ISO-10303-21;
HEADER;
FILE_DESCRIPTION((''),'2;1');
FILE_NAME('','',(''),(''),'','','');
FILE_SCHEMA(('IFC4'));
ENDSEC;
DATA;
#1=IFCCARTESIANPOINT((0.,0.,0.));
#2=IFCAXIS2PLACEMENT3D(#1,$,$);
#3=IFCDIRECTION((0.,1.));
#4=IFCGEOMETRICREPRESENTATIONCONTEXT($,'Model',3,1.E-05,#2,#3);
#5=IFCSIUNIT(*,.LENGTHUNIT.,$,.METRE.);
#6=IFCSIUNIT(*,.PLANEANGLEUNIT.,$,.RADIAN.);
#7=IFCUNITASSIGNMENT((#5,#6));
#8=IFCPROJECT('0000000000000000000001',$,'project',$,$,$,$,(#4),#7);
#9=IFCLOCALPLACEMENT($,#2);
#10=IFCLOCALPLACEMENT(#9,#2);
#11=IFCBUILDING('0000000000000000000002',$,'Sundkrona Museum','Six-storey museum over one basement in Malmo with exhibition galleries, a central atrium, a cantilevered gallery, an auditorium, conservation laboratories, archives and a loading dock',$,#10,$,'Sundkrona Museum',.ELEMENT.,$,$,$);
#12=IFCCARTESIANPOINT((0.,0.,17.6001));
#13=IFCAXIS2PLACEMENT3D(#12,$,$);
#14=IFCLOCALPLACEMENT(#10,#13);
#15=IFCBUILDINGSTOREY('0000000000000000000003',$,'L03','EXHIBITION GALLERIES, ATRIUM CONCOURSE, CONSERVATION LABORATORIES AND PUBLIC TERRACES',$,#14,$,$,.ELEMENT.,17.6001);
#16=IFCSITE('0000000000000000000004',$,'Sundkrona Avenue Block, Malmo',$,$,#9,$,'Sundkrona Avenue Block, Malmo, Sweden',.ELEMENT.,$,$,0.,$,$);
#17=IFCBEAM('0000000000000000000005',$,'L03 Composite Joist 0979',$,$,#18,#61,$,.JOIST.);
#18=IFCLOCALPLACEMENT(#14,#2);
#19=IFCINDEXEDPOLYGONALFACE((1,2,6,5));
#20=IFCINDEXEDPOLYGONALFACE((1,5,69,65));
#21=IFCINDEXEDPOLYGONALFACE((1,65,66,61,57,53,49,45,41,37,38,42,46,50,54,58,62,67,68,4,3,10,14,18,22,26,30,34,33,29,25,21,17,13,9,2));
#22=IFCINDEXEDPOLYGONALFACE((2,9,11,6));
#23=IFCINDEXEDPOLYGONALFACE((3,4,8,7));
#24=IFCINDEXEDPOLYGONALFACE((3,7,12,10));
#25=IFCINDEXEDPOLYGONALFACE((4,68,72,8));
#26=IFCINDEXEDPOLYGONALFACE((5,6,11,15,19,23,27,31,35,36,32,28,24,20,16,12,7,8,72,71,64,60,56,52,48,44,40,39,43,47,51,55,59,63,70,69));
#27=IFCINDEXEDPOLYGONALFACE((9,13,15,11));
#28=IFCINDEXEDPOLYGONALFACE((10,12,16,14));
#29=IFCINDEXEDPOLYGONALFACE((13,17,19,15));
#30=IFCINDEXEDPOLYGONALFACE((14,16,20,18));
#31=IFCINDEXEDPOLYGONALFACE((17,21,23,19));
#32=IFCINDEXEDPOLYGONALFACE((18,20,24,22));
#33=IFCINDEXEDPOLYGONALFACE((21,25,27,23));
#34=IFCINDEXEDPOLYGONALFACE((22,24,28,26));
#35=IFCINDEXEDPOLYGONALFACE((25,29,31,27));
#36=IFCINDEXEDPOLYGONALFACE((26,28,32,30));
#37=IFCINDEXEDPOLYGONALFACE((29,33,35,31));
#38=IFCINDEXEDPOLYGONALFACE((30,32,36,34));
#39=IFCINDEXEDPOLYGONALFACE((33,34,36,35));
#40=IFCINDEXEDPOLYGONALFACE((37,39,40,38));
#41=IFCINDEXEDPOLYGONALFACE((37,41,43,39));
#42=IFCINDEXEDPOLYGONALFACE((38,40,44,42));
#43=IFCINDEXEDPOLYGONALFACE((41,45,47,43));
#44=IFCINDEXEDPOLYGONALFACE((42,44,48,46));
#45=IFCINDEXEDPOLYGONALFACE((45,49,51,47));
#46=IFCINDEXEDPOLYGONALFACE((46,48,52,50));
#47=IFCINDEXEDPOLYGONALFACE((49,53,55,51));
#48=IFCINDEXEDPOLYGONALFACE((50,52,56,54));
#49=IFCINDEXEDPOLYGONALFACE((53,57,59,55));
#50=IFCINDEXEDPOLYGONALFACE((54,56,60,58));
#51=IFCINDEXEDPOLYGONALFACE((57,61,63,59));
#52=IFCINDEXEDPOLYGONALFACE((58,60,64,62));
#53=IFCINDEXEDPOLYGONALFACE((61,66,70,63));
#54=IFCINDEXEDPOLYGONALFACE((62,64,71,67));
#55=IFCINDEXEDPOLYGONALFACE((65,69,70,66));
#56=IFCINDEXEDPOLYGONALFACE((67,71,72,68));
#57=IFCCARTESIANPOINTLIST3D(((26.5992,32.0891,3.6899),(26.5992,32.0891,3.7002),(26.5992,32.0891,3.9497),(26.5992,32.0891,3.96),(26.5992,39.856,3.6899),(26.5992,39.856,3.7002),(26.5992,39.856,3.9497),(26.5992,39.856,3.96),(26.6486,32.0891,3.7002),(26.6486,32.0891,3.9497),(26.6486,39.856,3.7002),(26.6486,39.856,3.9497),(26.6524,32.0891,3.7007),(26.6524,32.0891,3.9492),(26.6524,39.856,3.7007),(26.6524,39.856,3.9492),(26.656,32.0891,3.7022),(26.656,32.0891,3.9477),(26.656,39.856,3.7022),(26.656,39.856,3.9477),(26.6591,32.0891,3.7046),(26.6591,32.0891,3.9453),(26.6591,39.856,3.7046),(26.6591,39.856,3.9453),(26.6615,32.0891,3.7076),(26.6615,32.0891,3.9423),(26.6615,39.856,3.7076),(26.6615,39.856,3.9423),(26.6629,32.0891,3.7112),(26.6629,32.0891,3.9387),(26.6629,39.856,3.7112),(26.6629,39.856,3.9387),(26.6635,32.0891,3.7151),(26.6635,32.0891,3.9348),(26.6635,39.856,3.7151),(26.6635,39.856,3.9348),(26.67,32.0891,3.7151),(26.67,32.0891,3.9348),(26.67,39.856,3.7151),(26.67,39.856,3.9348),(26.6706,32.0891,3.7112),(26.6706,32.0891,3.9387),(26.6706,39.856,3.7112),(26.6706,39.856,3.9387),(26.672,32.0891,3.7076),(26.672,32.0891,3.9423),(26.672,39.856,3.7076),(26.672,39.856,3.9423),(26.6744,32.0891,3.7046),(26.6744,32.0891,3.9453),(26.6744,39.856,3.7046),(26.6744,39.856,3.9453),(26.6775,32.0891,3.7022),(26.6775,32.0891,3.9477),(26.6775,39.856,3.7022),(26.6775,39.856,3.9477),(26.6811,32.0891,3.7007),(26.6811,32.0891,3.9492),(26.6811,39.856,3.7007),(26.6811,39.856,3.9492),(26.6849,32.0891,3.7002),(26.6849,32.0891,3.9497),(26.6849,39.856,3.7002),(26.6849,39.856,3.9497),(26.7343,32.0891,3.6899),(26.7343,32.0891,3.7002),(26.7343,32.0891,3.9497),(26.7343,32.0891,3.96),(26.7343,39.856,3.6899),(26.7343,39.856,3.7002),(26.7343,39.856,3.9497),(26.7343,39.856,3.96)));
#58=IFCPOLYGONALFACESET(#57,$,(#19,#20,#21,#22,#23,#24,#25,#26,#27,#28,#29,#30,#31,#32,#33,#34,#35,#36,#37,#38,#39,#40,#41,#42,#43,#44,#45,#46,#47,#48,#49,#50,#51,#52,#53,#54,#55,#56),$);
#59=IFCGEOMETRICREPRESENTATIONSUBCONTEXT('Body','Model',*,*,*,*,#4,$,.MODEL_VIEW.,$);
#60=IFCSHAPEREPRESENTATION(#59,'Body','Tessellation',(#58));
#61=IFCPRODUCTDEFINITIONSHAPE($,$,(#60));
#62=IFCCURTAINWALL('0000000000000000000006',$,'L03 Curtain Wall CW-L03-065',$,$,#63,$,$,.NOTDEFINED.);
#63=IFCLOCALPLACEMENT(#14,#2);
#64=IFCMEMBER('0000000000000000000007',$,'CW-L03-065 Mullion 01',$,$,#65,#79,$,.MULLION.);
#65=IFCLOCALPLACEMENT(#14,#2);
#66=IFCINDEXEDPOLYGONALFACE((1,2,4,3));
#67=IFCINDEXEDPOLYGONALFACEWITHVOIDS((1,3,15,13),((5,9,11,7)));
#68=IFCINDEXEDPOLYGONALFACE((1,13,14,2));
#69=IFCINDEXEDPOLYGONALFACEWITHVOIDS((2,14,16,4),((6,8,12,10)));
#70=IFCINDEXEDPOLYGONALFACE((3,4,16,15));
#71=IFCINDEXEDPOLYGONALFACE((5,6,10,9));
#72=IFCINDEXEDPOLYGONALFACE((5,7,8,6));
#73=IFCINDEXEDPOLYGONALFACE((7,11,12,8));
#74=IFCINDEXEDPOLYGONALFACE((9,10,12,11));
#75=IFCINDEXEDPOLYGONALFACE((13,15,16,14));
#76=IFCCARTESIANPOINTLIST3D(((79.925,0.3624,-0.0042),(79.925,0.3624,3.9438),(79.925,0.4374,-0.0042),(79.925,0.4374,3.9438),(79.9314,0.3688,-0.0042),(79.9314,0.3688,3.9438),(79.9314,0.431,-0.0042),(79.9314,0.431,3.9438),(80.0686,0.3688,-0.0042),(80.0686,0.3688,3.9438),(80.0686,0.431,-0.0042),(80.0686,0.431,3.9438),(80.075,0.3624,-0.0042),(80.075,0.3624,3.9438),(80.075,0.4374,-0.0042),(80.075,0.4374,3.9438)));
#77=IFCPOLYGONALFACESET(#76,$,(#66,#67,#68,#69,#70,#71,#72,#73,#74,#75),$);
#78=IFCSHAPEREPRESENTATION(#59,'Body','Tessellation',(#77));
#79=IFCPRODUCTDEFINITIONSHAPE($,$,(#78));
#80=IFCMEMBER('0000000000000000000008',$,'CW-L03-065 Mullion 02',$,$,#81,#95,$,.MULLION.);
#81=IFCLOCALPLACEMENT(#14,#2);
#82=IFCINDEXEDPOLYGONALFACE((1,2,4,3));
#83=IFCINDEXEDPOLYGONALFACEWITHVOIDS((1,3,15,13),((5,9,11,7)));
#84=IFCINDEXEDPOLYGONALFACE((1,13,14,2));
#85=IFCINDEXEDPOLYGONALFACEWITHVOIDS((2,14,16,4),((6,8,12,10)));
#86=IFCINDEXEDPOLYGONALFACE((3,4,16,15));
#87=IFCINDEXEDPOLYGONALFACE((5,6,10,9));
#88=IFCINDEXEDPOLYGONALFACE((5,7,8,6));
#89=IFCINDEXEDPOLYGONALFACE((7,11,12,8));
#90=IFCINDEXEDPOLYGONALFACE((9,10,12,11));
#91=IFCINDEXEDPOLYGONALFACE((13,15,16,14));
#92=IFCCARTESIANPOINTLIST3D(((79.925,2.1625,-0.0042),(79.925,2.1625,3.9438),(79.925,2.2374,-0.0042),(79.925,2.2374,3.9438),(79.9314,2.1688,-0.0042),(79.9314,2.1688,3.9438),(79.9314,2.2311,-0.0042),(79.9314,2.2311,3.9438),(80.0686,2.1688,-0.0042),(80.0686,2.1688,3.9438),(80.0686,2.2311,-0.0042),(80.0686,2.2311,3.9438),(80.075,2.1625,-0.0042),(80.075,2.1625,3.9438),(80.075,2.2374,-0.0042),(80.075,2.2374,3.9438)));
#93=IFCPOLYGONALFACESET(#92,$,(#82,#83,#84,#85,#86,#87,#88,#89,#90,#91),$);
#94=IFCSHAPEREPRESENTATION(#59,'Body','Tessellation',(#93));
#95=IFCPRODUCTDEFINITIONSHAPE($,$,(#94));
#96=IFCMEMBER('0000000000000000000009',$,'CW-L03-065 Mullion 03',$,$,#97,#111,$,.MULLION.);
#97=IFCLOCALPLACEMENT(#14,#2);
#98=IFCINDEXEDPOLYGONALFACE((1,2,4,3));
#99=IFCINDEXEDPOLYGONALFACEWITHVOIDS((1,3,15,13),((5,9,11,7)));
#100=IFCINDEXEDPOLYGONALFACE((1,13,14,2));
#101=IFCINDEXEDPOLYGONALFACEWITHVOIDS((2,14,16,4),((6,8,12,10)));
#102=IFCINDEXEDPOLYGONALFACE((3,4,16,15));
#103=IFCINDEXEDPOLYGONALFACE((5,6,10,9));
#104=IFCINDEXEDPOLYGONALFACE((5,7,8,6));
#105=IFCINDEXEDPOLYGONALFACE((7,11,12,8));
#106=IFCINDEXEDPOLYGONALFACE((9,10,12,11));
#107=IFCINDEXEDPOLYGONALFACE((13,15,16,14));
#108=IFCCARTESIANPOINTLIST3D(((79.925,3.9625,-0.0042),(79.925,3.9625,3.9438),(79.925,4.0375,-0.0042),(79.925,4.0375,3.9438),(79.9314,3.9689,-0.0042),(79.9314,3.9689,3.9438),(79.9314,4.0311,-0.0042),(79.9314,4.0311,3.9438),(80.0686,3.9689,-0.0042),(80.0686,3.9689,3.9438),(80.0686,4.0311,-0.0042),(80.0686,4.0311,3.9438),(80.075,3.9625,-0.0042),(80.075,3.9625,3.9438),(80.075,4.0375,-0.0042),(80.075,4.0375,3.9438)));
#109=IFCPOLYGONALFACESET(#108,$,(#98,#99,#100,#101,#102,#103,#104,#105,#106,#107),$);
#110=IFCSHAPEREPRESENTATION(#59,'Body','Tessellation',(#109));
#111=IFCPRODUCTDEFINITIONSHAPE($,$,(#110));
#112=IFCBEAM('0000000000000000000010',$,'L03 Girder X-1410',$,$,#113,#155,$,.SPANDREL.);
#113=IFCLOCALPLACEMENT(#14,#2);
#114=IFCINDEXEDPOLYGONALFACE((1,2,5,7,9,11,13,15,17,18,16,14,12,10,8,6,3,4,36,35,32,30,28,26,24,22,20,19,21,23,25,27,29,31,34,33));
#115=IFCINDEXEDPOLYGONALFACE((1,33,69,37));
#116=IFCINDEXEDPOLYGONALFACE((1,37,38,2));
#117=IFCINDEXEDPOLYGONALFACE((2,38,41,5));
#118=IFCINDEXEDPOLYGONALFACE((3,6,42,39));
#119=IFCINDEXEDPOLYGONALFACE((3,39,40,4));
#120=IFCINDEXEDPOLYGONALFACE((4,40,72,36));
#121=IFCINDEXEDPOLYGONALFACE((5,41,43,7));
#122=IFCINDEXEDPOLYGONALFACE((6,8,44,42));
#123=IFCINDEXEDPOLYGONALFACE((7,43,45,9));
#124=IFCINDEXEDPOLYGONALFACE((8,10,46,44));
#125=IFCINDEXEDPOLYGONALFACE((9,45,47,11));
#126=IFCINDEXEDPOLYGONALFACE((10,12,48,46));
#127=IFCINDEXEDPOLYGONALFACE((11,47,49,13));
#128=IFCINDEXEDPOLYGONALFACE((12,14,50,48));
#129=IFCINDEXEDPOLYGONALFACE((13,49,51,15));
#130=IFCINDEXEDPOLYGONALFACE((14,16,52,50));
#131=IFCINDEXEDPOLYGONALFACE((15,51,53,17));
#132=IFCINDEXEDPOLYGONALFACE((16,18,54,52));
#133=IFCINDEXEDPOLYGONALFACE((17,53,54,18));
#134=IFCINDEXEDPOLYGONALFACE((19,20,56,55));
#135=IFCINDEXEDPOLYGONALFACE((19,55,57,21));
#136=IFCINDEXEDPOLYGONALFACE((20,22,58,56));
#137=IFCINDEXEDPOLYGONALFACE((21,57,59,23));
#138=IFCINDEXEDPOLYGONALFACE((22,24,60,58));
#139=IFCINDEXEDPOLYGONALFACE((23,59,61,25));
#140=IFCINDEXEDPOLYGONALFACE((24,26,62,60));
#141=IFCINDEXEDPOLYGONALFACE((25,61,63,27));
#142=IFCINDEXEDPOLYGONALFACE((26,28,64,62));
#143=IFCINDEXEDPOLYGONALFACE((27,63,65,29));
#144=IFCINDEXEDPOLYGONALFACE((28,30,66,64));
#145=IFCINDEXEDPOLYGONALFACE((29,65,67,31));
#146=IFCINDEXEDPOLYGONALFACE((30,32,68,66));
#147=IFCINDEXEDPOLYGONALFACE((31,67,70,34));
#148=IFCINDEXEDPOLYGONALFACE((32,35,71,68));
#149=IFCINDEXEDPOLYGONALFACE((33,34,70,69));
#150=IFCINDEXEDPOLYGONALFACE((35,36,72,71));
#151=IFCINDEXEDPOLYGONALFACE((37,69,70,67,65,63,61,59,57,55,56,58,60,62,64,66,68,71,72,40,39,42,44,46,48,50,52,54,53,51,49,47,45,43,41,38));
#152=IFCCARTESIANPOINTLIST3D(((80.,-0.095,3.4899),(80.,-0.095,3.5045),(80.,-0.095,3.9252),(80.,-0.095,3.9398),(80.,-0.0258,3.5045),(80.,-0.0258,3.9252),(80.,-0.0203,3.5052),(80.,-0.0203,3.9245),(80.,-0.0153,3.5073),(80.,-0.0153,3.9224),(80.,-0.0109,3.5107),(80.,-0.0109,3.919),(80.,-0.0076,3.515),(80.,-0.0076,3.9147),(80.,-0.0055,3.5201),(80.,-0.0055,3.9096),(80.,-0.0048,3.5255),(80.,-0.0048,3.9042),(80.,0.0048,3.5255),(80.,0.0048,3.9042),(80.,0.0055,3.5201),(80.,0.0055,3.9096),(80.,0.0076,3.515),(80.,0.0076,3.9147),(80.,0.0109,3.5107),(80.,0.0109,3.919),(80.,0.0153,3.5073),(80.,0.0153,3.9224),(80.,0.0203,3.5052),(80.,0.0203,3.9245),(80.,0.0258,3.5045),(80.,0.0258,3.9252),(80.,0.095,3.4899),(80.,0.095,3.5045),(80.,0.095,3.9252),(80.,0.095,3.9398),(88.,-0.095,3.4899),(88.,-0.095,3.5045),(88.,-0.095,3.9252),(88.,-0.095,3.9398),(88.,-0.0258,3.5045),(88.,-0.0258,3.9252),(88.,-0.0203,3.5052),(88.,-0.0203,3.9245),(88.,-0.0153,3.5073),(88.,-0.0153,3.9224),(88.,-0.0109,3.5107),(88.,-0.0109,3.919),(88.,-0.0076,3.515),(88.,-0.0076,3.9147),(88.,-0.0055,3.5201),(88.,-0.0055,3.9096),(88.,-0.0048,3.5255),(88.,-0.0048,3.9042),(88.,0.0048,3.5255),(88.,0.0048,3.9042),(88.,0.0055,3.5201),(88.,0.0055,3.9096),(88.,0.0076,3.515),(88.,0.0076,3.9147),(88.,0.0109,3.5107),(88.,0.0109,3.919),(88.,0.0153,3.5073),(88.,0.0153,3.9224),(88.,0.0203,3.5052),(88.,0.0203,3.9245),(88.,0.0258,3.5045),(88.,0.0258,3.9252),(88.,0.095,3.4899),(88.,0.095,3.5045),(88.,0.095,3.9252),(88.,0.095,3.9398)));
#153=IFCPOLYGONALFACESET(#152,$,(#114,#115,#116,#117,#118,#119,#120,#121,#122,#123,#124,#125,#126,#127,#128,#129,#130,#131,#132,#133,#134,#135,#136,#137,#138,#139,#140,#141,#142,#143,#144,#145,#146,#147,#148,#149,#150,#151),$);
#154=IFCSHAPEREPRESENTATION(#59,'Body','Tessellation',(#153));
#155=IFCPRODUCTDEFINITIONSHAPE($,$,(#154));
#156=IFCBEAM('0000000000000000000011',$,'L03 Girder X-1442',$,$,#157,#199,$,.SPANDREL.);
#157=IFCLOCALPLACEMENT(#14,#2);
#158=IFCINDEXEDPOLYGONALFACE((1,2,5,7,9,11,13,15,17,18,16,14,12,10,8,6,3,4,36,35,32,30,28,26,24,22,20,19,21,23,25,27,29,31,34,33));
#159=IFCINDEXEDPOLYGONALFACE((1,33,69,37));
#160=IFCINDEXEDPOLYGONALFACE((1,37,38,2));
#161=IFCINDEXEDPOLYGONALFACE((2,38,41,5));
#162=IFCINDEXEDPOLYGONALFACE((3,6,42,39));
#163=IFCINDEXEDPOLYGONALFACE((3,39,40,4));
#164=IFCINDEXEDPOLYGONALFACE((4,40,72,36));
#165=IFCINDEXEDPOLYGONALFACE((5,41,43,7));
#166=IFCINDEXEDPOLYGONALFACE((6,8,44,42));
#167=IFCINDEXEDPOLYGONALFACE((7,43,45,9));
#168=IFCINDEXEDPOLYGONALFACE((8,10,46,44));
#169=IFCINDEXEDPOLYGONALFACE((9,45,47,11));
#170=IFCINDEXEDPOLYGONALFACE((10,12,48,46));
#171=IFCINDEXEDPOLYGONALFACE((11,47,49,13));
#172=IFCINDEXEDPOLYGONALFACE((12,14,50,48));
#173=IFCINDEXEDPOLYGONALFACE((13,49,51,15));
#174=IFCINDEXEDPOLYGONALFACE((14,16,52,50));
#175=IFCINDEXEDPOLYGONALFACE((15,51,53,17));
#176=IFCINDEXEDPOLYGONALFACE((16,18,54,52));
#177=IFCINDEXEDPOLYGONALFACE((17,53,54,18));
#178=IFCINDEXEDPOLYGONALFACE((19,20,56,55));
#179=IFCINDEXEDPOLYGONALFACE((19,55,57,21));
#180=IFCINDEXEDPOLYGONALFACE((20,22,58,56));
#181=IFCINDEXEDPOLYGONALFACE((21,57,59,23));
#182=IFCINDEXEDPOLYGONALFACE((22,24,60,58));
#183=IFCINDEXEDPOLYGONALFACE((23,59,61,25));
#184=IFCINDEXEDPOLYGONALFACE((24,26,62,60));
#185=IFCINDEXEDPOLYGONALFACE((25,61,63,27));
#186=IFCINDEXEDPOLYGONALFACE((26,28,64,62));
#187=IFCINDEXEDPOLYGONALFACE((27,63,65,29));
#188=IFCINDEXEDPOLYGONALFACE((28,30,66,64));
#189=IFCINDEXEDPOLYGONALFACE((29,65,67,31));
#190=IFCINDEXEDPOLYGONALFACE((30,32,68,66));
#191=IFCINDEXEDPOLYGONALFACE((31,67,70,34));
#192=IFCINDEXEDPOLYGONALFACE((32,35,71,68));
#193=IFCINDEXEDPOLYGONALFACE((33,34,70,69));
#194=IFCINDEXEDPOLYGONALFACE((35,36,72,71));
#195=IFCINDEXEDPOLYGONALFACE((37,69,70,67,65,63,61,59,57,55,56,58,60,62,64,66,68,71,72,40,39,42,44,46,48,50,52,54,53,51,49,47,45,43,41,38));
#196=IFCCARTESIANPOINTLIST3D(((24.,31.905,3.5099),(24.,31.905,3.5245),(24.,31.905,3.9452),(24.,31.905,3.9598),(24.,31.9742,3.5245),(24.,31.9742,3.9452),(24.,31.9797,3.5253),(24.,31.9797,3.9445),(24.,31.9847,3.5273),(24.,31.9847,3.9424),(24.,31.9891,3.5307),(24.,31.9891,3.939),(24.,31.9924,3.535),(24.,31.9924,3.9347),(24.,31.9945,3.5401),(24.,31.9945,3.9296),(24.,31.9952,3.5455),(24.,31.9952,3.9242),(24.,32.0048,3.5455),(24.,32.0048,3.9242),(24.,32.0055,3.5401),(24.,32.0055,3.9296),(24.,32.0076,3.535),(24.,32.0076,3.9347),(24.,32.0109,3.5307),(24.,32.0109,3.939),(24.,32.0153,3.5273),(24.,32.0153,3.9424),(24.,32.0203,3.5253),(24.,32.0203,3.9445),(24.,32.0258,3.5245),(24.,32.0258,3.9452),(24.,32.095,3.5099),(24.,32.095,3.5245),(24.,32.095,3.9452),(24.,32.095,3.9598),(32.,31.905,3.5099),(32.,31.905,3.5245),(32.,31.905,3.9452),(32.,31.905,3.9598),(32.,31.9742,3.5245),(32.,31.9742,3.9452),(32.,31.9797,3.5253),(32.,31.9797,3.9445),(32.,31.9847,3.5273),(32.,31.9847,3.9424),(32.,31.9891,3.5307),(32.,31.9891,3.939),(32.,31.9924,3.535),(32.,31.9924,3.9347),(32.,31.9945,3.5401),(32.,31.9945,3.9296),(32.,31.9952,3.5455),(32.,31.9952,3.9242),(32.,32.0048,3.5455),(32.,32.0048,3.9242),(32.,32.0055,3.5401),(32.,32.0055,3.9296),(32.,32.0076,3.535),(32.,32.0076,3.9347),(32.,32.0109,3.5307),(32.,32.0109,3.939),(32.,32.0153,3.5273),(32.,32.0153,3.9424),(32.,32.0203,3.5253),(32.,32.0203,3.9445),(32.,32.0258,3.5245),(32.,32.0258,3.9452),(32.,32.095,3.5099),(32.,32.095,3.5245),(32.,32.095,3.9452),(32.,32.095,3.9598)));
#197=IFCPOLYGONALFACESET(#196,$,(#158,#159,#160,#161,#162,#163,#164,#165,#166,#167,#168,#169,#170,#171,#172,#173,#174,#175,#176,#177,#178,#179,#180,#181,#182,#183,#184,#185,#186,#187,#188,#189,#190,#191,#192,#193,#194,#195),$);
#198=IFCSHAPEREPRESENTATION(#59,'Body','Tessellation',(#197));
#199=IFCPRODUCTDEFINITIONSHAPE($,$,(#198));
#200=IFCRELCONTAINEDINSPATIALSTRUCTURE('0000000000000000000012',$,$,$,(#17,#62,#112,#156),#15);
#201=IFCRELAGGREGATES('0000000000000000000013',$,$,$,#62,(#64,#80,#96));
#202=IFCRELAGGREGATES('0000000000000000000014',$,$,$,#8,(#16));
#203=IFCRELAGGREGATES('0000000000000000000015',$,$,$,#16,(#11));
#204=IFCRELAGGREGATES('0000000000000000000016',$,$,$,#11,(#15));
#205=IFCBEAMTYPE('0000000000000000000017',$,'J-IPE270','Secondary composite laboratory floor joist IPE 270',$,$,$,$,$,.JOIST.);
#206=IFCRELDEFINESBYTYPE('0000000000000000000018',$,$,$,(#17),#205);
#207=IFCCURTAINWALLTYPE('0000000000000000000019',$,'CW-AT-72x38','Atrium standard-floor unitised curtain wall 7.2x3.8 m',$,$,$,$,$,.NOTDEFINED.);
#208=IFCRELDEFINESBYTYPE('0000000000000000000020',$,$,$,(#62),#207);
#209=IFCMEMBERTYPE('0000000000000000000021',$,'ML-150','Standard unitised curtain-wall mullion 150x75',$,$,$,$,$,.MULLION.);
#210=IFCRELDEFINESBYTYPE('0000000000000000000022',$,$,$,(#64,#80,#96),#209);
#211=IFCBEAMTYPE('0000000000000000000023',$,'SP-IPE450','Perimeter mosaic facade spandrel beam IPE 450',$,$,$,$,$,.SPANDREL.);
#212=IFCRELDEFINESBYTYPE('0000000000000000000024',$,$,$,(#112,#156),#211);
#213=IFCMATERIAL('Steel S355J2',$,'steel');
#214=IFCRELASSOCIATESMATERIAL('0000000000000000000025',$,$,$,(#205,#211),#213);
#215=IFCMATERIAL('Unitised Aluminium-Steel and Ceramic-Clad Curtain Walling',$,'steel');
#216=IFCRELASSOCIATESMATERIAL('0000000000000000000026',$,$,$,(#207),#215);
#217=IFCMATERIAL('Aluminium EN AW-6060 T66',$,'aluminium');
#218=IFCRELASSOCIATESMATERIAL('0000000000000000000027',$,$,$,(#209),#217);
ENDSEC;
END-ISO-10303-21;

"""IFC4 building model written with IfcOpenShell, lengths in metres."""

from ifc_helpers import new_model, si_unit, direction, frame, origin, origin_2d, place, context, subcontext, project, spatial, hollow_rectangle, i_section, extrude, material, material_profile, profile_set, type_object, element, aggregate, save


model = new_model("IFC4")

# Units and contexts
model_context = context("Model", 3, precision=1e-05, world=origin(), true_north=direction((0.0, 1.0)))
body_context = subcontext(model_context, "Body", "Model", "MODEL_VIEW")
ifc_project = project(units=[si_unit("LENGTHUNIT", "METRE"), si_unit("PLANEANGLEUNIT", "RADIAN")], contexts=[model_context])

# Site, building, storey
site_placement = place(None, origin())
site = spatial("IfcSite", under=ifc_project, at=site_placement, Name="Sundkrona Avenue Block, Malmo", LongName="Sundkrona Avenue Block, Malmo, Sweden", CompositionType="ELEMENT", RefElevation=0.0)
building_placement = place(site_placement, origin())
building = spatial("IfcBuilding", under=site, at=building_placement, Name="Sundkrona Museum", Description="Six-storey museum over one basement in Malmo with exhibition galleries, a central atrium, a cantilevered gallery, an auditorium, conservation laboratories, archives and a loading dock", LongName="Sundkrona Museum", CompositionType="ELEMENT")
storey_placement = place(building_placement, frame((0.0, 0.0, 17.6001)))
storey = spatial("IfcBuildingStorey", under=building, at=storey_placement, Name="L03", Description="EXHIBITION GALLERIES, ATRIUM CONCOURSE, CONSERVATION LABORATORIES AND PUBLIC TERRACES", CompositionType="ELEMENT", Elevation=17.6001)

# Shared definitions
ifc_material_1 = material(Name="Steel S355J2", Category="steel")

# Beam
ifc_material_profile_1 = material_profile(ifc_material_1, i_section(OverallWidth=0.135, OverallDepth=0.27, WebThickness=0.0066, FlangeThickness=0.0103, FilletRadius=0.0149, at=origin_2d()), Name="IPE 270")
ifc_profile_set_1 = profile_set([ifc_material_profile_1], Name="Steel S355J2")
beam_type_1 = type_object("IfcBeamType", Name="J-IPE270", Description="Secondary composite laboratory floor joist IPE 270", PredefinedType="JOIST", material=ifc_profile_set_1)
beam_placement = place(storey_placement, frame((26.6667, 32.0891, 3.825), z_axis=(0.0, 1.0, 0.0), x_axis=(-1.0, 0.0, 0.0)))
element("IfcBeam", 1, at=beam_placement, inside=storey, type_object=beam_type_1, Name="L03 Composite Joist 0979", PredefinedType="JOIST", context=body_context, shape_type="SweptSolid", body=[
    extrude(i_section(OverallWidth=0.135, OverallDepth=0.27, WebThickness=0.0066, FlangeThickness=0.0103, FilletRadius=0.0149, at=origin_2d()), origin(), (0.0, 0.0, 1.0), 7.7668),
])

# Curtain wall, members
ifc_material_2 = material(Name="Unitised Aluminium-Steel and Ceramic-Clad Curtain Walling", Category="steel")
curtain_wall_type = type_object("IfcCurtainWallType", Name="CW-AT-72x38", Description="Atrium standard-floor unitised curtain wall 7.2x3.8 m", PredefinedType="NOTDEFINED", material=ifc_material_2)
curtain_wall_placement = place(storey_placement, origin())
curtain_wall = element("IfcCurtainWall", 2, at=curtain_wall_placement, inside=storey, type_object=curtain_wall_type, Name="L03 Curtain Wall CW-L03-065", PredefinedType="NOTDEFINED")
ifc_material_3 = material(Name="Aluminium EN AW-6060 T66", Category="aluminium")
ifc_material_profile_2 = material_profile(ifc_material_3, hollow_rectangle(XDim=0.075, YDim=0.1499, WallThickness=0.0063, at=origin_2d()), Name="RHS 150x75x6.3")
ifc_profile_set_2 = profile_set([ifc_material_profile_2], Name="Aluminium EN AW-6060 T66")
member_type_1 = type_object("IfcMemberType", Name="ML-150", Description="Standard unitised curtain-wall mullion 150x75", PredefinedType="MULLION", material=ifc_profile_set_2)
member_1_placement = place(storey_placement, frame((80.0, 0.3999, -0.0042), z_axis=(0.0, 0.0, 1.0), x_axis=(0.0, 1.0, 0.0)))
member_1 = element("IfcMember", 3, at=member_1_placement, type_object=member_type_1, Name="CW-L03-065 Mullion 01", PredefinedType="MULLION", context=body_context, shape_type="SweptSolid", body=[
    extrude(hollow_rectangle(XDim=0.075, YDim=0.1499, WallThickness=0.0063, at=origin_2d()), origin(), (0.0, 0.0, 1.0), 3.948),
])
member_2_placement = place(storey_placement, frame((80.0, 2.2, -0.0042), z_axis=(0.0, 0.0, 1.0), x_axis=(0.0, 1.0, 0.0)))
member_2 = element("IfcMember", 4, at=member_2_placement, type_object=member_type_1, Name="CW-L03-065 Mullion 02", PredefinedType="MULLION", context=body_context, shape_type="SweptSolid", body=[
    extrude(hollow_rectangle(XDim=0.075, YDim=0.1499, WallThickness=0.0063, at=origin_2d()), origin(), (0.0, 0.0, 1.0), 3.948),
])
member_3_placement = place(storey_placement, frame((80.0, 4.0, -0.0042), z_axis=(0.0, 0.0, 1.0), x_axis=(0.0, 1.0, 0.0)))
member_3 = element("IfcMember", 5, at=member_3_placement, type_object=member_type_1, Name="CW-L03-065 Mullion 03", PredefinedType="MULLION", context=body_context, shape_type="SweptSolid", body=[
    extrude(hollow_rectangle(XDim=0.075, YDim=0.1499, WallThickness=0.0063, at=origin_2d()), origin(), (0.0, 0.0, 1.0), 3.948),
])

# Beams
ifc_material_profile_3 = material_profile(ifc_material_1, i_section(OverallWidth=0.1899, OverallDepth=0.45, WebThickness=0.0095, FlangeThickness=0.0146, FilletRadius=0.021, at=origin_2d()), Name="IPE 450")
ifc_profile_set_3 = profile_set([ifc_material_profile_3], Name="Steel S355J2")
beam_type_2 = type_object("IfcBeamType", Name="SP-IPE450", Description="Perimeter mosaic facade spandrel beam IPE 450", PredefinedType="SPANDREL", material=ifc_profile_set_3)
for number, where, z_axis, x_axis, name in (
    (6, (80.0, 0.0, 3.7148), (1.0, 0.0, 0.0), (0.0, 1.0, 0.0), "L03 Girder X-1410"),
    (7, (24.0, 32.0, 3.7349), (1.0, 0.0, 0.0), (0.0, 1.0, 0.0), "L03 Girder X-1442"),
):
    element("IfcBeam", number, at=place(storey_placement, frame(where, z_axis=z_axis, x_axis=x_axis)), inside=storey, type_object=beam_type_2, Name=name, PredefinedType="SPANDREL", context=body_context, shape_type="SweptSolid", body=[
        extrude(i_section(OverallWidth=0.1899, OverallDepth=0.45, WebThickness=0.0095, FlangeThickness=0.0146, FilletRadius=0.021, at=origin_2d()), origin(), (0.0, 0.0, 1.0), 8.0),
    ])

aggregate(curtain_wall, [member_1, member_2, member_3])

save(model, "model.ifc")
